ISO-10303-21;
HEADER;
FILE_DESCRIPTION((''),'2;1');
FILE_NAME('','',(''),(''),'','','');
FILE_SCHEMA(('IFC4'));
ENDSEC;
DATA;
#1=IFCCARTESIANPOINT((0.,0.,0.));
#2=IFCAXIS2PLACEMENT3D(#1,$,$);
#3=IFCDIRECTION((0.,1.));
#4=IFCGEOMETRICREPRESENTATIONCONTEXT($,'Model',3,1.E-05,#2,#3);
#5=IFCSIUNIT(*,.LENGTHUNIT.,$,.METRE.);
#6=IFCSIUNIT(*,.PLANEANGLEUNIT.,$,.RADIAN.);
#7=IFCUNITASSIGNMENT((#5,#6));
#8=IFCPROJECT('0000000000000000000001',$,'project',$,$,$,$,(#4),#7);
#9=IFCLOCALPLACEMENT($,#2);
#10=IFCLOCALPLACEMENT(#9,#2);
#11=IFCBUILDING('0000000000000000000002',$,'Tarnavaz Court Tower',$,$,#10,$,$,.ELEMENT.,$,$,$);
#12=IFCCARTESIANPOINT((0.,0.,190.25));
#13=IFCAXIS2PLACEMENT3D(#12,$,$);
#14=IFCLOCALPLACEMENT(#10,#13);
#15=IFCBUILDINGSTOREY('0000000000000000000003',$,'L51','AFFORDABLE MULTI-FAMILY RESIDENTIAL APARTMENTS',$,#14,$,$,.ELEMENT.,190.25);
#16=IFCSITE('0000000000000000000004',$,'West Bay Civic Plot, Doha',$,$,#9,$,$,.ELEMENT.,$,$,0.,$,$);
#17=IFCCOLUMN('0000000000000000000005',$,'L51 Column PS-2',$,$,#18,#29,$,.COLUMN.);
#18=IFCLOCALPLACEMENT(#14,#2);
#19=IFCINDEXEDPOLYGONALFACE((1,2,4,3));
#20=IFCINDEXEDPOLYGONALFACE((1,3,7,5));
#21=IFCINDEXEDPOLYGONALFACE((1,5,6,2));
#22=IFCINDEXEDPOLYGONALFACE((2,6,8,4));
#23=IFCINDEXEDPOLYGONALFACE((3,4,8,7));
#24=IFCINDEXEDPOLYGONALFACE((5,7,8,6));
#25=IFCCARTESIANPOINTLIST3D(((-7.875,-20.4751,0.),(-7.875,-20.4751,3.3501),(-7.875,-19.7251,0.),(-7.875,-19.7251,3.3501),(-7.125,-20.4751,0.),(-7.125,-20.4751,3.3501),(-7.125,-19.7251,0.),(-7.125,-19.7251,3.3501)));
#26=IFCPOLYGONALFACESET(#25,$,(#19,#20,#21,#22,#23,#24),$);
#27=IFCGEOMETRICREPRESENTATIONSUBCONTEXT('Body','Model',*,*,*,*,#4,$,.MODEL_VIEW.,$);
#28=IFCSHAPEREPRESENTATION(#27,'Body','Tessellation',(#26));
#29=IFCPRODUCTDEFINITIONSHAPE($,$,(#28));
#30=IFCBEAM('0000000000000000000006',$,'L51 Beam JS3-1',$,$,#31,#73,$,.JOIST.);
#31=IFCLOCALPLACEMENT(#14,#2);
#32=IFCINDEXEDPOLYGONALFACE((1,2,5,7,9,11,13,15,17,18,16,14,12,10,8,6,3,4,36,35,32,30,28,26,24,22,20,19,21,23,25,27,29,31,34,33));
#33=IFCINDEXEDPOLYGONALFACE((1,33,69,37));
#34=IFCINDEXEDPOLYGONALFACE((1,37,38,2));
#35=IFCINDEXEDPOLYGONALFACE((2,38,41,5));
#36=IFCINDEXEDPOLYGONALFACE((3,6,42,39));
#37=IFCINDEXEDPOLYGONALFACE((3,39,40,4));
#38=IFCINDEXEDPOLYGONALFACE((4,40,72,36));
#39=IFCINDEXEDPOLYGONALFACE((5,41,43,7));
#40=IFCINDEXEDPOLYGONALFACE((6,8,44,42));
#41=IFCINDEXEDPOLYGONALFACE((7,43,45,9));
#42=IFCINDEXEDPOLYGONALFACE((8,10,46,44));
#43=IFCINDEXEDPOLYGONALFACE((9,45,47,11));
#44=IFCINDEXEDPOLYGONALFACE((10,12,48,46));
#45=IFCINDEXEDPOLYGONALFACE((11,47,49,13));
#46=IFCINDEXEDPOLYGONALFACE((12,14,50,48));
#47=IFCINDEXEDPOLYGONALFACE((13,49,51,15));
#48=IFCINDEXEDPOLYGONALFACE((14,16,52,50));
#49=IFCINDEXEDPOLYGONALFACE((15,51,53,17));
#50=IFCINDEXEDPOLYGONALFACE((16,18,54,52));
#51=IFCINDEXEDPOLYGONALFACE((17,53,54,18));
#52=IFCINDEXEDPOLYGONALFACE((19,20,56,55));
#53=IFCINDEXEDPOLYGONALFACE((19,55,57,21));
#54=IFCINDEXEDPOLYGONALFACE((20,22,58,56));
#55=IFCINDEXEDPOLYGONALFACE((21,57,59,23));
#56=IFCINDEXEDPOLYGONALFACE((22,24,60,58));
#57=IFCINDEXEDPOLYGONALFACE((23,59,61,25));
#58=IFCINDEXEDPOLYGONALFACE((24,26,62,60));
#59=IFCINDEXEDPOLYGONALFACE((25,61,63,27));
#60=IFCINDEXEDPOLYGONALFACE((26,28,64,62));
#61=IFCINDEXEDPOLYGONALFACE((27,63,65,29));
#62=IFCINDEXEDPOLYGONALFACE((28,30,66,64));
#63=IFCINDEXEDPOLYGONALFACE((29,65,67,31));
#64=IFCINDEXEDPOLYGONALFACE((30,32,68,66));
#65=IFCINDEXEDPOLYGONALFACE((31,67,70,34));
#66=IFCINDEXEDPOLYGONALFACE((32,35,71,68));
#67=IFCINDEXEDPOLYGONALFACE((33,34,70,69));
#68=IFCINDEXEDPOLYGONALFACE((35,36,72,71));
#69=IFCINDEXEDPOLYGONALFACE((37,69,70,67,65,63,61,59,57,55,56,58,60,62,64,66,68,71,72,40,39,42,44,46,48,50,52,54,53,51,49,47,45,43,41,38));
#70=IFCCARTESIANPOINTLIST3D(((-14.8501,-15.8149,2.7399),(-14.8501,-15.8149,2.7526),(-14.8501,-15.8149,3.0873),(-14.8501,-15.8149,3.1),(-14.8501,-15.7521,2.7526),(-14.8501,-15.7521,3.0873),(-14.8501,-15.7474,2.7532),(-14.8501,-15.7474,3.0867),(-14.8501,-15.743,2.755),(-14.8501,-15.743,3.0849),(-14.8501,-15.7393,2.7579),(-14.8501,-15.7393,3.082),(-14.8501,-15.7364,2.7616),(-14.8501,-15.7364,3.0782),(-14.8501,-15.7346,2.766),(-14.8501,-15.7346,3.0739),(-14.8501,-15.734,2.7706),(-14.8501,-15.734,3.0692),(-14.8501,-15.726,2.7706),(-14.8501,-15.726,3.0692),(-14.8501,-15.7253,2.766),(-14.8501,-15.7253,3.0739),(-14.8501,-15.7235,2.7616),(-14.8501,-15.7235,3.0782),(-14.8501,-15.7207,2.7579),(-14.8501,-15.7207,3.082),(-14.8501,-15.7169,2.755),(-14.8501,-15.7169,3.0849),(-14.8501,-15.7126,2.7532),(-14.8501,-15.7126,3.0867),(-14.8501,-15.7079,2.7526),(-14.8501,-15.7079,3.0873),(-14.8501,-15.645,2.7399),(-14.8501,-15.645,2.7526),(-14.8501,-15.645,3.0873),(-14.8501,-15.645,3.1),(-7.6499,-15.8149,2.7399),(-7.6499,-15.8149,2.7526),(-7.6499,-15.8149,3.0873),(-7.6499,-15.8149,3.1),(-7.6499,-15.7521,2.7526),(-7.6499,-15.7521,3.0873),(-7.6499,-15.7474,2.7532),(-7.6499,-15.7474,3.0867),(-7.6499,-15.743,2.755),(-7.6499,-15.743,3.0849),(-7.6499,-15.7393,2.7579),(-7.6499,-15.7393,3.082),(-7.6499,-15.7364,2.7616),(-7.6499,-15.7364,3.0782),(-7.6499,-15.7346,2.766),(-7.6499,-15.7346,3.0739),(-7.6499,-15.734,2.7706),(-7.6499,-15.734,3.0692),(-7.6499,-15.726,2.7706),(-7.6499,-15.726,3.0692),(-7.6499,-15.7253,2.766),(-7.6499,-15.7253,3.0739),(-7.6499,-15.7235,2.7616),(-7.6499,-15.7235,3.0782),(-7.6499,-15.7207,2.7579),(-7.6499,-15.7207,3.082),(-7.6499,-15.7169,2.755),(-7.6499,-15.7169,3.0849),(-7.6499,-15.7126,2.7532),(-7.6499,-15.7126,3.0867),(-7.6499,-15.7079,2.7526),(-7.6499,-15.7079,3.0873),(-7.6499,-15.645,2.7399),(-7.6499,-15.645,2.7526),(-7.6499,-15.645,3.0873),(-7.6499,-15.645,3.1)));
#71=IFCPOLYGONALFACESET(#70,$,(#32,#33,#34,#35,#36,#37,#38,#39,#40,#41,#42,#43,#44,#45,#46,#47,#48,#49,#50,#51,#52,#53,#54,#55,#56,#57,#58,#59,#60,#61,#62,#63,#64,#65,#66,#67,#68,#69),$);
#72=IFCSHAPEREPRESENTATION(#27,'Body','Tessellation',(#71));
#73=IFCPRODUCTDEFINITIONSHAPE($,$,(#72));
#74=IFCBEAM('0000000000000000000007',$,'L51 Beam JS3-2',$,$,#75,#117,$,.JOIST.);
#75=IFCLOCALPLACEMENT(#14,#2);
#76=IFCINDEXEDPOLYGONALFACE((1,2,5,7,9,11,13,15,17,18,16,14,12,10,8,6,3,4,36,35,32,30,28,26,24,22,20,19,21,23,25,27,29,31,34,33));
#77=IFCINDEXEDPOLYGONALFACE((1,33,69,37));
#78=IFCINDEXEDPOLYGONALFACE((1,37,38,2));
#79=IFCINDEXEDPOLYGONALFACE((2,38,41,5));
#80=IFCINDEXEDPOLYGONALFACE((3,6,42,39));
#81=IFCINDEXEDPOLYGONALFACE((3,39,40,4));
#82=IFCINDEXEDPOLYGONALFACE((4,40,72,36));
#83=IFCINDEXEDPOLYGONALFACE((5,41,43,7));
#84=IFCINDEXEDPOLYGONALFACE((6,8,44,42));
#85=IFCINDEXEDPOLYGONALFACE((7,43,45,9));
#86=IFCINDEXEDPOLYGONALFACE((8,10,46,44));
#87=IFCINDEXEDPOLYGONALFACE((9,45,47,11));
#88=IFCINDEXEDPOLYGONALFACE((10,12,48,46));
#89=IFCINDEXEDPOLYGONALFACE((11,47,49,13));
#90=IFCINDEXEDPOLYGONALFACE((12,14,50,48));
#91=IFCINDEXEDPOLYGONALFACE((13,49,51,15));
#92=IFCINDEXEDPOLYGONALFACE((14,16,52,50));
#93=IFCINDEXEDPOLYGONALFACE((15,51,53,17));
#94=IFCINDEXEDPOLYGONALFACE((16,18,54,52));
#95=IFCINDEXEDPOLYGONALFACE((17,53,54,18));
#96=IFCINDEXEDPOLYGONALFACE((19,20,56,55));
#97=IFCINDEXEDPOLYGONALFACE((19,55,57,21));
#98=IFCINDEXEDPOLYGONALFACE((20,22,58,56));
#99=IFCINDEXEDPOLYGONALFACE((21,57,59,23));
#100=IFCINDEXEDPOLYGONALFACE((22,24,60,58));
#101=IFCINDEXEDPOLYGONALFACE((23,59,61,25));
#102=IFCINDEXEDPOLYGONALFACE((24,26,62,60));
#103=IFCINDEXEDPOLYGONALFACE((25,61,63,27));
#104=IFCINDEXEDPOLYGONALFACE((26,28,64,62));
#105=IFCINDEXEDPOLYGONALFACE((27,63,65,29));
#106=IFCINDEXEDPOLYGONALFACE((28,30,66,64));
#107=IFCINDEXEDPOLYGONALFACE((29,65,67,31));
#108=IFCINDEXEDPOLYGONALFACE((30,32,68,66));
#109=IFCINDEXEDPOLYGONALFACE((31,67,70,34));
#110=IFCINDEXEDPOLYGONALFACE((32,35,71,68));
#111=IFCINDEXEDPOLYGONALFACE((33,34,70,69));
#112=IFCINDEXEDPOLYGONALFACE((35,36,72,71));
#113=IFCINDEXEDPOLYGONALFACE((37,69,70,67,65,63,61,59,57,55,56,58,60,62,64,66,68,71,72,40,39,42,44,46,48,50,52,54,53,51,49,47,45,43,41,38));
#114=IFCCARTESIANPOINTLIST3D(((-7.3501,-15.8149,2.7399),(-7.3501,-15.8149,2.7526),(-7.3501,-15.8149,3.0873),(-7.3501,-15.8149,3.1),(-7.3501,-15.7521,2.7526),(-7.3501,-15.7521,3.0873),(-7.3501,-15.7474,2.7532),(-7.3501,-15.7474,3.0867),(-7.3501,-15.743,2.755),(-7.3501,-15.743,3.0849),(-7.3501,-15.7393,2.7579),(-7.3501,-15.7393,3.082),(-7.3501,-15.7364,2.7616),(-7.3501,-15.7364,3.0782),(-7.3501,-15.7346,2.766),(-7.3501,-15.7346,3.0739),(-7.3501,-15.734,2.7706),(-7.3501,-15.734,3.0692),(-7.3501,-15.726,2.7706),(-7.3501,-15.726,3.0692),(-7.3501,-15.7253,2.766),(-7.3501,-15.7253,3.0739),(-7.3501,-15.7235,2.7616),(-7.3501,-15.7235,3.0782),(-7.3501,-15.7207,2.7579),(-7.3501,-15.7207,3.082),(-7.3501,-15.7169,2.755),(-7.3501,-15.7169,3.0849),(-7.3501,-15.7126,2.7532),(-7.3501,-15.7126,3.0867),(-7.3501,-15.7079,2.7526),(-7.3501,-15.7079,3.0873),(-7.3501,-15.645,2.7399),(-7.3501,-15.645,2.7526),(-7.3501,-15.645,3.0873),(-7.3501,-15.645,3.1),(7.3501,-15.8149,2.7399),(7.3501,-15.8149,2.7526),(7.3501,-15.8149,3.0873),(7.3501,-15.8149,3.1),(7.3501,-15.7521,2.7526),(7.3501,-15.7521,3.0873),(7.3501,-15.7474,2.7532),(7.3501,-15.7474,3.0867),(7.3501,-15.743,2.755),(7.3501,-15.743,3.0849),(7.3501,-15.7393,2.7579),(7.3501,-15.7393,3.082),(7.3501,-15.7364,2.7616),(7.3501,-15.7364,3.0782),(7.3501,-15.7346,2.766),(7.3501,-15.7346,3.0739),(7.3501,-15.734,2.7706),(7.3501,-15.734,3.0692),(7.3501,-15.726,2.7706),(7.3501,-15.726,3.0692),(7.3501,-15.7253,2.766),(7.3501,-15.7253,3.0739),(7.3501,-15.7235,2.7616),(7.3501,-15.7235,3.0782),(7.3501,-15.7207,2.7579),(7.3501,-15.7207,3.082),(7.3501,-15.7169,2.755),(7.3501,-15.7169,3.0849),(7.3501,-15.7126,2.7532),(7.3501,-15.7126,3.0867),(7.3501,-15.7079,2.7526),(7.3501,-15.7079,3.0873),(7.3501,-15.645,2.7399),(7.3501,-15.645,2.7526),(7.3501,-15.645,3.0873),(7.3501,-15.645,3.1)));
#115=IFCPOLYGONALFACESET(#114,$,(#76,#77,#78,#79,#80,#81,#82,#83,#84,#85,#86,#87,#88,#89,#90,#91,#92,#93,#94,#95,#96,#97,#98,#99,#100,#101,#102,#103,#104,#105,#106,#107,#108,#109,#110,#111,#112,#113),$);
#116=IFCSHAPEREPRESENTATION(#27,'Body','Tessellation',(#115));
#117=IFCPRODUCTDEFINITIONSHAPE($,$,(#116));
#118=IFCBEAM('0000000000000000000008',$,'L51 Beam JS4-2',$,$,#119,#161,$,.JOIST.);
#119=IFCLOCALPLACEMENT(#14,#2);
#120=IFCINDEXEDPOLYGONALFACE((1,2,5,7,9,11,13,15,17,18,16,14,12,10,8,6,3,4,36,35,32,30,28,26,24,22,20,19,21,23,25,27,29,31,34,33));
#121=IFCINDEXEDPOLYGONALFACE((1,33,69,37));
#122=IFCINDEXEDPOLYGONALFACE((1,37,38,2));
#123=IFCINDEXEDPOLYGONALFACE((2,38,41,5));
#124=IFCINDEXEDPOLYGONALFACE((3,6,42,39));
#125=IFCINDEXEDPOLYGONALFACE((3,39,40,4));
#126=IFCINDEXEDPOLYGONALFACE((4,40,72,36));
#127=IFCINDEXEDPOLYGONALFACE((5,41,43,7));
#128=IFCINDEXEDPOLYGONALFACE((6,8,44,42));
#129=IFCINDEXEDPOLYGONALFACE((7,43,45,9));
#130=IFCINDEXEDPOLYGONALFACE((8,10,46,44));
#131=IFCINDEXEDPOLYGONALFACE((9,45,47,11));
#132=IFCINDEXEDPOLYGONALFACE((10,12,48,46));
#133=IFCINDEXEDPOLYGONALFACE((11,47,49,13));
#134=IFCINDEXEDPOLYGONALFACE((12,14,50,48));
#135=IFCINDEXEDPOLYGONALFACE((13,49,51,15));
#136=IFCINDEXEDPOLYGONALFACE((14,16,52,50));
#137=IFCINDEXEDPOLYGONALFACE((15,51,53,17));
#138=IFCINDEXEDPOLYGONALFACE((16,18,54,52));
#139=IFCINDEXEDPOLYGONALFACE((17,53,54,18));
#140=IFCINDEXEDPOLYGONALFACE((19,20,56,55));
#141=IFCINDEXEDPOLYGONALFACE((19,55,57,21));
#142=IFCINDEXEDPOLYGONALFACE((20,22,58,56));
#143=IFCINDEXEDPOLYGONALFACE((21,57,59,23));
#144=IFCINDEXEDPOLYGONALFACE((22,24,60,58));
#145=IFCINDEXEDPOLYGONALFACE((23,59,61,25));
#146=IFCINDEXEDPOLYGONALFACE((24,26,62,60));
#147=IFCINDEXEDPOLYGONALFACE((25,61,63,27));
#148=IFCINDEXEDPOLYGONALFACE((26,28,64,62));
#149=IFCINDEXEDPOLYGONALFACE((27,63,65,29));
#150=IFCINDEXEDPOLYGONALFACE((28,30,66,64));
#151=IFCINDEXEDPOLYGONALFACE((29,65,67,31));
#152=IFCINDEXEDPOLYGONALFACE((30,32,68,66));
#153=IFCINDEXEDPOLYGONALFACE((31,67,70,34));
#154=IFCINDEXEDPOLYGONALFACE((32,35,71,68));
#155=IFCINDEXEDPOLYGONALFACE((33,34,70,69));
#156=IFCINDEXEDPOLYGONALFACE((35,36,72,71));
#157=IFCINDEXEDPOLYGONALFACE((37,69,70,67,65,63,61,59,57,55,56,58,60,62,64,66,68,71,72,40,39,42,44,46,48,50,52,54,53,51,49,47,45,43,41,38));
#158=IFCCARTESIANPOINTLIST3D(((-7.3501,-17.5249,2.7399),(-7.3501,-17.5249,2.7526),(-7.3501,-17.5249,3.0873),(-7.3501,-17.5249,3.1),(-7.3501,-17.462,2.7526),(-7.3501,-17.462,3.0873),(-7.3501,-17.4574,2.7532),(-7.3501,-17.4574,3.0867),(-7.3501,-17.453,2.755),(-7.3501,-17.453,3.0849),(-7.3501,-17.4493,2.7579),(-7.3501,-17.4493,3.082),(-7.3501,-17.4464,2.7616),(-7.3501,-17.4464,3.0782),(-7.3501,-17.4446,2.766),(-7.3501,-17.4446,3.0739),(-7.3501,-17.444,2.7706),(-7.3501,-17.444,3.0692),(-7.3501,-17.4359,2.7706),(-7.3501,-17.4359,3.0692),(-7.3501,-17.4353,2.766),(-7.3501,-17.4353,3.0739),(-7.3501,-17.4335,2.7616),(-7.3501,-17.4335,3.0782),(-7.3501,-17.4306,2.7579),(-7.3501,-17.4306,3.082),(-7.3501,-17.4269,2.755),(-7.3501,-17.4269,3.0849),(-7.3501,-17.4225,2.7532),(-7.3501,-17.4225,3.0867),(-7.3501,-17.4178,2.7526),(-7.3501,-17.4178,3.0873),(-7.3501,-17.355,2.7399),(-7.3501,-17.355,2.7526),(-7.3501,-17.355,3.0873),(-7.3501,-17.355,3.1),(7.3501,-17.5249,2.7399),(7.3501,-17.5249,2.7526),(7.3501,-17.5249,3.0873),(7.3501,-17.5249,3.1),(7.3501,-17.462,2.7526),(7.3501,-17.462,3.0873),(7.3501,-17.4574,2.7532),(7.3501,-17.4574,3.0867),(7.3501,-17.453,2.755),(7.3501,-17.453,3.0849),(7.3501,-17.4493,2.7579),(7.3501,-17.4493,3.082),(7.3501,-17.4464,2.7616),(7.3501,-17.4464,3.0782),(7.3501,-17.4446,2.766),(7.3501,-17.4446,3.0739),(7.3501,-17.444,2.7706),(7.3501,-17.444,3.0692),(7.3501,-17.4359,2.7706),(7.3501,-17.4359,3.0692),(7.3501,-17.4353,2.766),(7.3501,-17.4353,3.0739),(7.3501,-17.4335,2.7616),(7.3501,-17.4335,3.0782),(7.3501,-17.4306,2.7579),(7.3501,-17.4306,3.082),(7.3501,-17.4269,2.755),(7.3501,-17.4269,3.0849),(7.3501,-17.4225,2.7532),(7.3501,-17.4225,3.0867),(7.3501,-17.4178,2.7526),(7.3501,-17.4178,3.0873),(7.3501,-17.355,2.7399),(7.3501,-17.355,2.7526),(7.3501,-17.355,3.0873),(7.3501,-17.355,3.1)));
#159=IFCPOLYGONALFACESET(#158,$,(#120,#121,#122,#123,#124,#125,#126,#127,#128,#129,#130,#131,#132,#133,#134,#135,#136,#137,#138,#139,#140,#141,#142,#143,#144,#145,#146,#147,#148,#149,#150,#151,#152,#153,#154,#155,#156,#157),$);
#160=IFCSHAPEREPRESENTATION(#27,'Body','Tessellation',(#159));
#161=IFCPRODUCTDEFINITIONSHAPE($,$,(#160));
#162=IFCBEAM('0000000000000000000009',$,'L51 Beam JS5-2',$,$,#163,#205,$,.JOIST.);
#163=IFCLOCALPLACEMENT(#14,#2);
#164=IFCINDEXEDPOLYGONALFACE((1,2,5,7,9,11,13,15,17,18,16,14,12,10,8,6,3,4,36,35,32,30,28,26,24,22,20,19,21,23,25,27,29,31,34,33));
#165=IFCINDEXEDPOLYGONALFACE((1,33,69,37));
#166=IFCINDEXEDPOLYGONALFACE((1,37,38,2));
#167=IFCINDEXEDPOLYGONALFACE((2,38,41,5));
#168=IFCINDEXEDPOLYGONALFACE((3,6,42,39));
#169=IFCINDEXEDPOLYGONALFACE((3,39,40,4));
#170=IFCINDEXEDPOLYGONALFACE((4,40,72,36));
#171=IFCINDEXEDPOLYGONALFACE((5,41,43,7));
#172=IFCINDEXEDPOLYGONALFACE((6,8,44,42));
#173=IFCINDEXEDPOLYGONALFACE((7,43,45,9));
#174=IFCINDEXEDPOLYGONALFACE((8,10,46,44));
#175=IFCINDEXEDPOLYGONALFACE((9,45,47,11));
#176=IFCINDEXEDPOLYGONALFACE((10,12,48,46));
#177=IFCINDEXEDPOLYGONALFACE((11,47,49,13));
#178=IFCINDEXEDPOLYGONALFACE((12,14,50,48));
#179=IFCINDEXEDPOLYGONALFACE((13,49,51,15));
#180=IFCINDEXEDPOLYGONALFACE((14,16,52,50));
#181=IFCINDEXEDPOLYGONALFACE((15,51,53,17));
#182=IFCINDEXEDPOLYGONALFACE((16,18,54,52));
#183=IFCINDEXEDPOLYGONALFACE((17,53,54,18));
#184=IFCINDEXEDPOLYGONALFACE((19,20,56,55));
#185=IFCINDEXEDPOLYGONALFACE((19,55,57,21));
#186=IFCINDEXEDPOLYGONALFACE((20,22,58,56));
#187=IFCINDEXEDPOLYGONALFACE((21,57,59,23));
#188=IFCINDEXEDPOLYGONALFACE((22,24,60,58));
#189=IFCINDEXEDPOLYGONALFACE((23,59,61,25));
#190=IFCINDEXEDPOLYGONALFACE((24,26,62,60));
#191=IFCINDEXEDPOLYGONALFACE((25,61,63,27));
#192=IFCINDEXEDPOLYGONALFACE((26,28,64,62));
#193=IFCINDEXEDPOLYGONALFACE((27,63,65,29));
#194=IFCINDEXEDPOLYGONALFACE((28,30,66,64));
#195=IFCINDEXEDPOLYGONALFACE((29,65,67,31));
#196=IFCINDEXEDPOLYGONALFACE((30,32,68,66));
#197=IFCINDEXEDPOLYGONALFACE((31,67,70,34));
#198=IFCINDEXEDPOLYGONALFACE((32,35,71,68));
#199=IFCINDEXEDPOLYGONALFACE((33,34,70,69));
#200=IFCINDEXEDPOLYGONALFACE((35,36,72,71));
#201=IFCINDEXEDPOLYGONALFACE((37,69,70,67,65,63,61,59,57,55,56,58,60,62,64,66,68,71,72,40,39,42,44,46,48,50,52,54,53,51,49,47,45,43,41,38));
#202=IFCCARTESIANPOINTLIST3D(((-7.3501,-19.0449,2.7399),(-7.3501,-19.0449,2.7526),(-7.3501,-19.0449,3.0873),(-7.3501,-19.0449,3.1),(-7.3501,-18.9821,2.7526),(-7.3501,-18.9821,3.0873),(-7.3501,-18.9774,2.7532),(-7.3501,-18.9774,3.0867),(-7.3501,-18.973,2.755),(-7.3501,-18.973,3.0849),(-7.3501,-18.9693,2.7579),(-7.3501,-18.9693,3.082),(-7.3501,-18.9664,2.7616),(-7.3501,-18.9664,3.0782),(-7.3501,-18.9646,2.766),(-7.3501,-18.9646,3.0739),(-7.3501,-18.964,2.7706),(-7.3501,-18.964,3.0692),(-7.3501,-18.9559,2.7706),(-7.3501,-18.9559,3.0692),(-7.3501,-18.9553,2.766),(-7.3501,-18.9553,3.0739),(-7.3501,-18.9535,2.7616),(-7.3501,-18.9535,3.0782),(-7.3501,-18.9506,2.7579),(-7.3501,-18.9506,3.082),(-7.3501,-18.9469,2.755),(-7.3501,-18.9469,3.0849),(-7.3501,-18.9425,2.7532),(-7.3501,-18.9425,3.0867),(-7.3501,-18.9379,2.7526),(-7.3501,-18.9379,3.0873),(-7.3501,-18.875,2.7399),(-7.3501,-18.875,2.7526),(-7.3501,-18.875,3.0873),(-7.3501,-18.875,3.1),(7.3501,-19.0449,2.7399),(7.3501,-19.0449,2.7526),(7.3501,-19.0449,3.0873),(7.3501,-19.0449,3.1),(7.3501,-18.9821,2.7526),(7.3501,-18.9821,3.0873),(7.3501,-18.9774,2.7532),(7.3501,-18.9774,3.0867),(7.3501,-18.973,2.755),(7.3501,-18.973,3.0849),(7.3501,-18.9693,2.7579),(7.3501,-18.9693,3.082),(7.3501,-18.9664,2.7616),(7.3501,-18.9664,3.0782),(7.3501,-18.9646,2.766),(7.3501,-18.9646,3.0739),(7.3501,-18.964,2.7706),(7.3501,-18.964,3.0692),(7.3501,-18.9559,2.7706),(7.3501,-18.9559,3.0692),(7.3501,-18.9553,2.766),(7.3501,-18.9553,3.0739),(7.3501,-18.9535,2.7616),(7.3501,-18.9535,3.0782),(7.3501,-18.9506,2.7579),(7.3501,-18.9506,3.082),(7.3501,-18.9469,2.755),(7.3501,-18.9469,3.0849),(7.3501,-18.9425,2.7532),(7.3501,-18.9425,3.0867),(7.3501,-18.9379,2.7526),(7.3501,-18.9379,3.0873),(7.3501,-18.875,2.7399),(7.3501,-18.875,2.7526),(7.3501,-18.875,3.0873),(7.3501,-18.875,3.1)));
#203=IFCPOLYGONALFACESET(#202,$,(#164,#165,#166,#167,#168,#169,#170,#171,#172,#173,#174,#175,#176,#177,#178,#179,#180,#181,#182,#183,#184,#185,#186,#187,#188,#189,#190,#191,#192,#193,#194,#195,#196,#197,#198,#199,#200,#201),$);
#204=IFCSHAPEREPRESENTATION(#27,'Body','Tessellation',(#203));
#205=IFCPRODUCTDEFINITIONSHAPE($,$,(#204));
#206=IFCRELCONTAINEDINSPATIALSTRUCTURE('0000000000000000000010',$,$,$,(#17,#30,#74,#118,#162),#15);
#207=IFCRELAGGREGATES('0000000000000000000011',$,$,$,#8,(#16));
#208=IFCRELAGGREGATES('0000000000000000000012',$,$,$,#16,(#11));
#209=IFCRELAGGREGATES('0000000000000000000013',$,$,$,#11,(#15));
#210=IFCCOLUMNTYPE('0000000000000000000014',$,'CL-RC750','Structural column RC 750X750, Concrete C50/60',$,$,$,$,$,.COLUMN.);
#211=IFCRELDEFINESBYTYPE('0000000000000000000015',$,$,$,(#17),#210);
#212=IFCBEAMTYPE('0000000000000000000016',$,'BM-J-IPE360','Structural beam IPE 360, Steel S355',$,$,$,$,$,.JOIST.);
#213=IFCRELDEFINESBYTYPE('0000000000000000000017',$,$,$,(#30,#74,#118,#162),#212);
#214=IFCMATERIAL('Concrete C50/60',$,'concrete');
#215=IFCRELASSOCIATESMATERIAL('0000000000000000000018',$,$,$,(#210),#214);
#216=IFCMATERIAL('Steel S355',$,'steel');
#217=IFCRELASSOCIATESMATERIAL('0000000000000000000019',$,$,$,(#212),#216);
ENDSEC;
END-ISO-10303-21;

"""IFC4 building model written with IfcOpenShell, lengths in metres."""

from ifc_helpers import new_model, si_unit, direction, frame, origin, origin_2d, place, context, subcontext, project, spatial, rectangle, i_section, extrude, material, material_profile, profile_set, type_object, element, save


model = new_model("IFC4")

# Units and contexts
model_context = context("Model", 3, precision=1e-05, world=origin(), true_north=direction((0.0, 1.0)))
body_context = subcontext(model_context, "Body", "Model", "MODEL_VIEW")
ifc_project = project(units=[si_unit("LENGTHUNIT", "METRE"), si_unit("PLANEANGLEUNIT", "RADIAN")], contexts=[model_context])

# Site, building, storey
site_placement = place(None, origin())
site = spatial("IfcSite", under=ifc_project, at=site_placement, Name="West Bay Civic Plot, Doha", CompositionType="ELEMENT", RefElevation=0.0)
building_placement = place(site_placement, origin())
building = spatial("IfcBuilding", under=site, at=building_placement, Name="Tarnavaz Court Tower", CompositionType="ELEMENT")
storey_placement = place(building_placement, frame((0.0, 0.0, 190.25)))
storey = spatial("IfcBuildingStorey", under=building, at=storey_placement, Name="L51", Description="AFFORDABLE MULTI-FAMILY RESIDENTIAL APARTMENTS", CompositionType="ELEMENT", Elevation=190.25)

# Column
ifc_material_1 = material(Name="Concrete C50/60", Category="concrete")
ifc_material_profile_1 = material_profile(ifc_material_1, rectangle(XDim=0.75, YDim=0.75, at=origin_2d()), Name="RC 750X750")
ifc_profile_set_1 = profile_set([ifc_material_profile_1], Name="Concrete C50/60")
column_type = type_object("IfcColumnType", Name="CL-RC750", Description="Structural column RC 750X750, Concrete C50/60", PredefinedType="COLUMN", material=ifc_profile_set_1)
column_placement = place(storey_placement, frame((-7.5, -20.1001, 0.0), z_axis=(0.0, 0.0, 1.0), x_axis=(1.0, 0.0, 0.0)))
element("IfcColumn", 1, at=column_placement, inside=storey, type_object=column_type, Name="L51 Column PS-2", PredefinedType="COLUMN", context=body_context, shape_type="SweptSolid", body=[
    extrude(rectangle(XDim=0.75, YDim=0.75, at=origin_2d()), origin(), (0.0, 0.0, 1.0), 3.3501),
])

# Beams
ifc_material_2 = material(Name="Steel S355", Category="steel")
ifc_material_profile_2 = material_profile(ifc_material_2, i_section(OverallWidth=0.1699, OverallDepth=0.3601, WebThickness=0.0081, FlangeThickness=0.0127, FilletRadius=0.0181, at=origin_2d()), Name="IPE 360")
ifc_profile_set_2 = profile_set([ifc_material_profile_2], Name="Steel S355")
beam_type_1 = type_object("IfcBeamType", Name="BM-J-IPE360", Description="Structural beam IPE 360, Steel S355", PredefinedType="JOIST", material=ifc_profile_set_2)
beam_1_placement = place(storey_placement, frame((-14.8501, -15.73, 2.9199), z_axis=(1.0, 0.0, 0.0), x_axis=(0.0, 1.0, 0.0)))
element("IfcBeam", 2, at=beam_1_placement, inside=storey, type_object=beam_type_1, Name="L51 Beam JS3-1", PredefinedType="JOIST", context=body_context, shape_type="SweptSolid", body=[
    extrude(i_section(OverallWidth=0.1699, OverallDepth=0.3601, WebThickness=0.0081, FlangeThickness=0.0127, FilletRadius=0.0181, at=origin_2d()), origin(), (0.0, 0.0, 1.0), 7.2002),
])
for number, where, z_axis, x_axis, name in (
    (3, (-7.3501, -15.73, 2.9199), (1.0, 0.0, 0.0), (0.0, 1.0, 0.0), "L51 Beam JS3-2"),
    (4, (-7.3501, -17.4399, 2.9199), (1.0, 0.0, 0.0), (0.0, 1.0, 0.0), "L51 Beam JS4-2"),
    (5, (-7.3501, -18.96, 2.9199), (1.0, 0.0, 0.0), (0.0, 1.0, 0.0), "L51 Beam JS5-2"),
):
    element("IfcBeam", number, at=place(storey_placement, frame(where, z_axis=z_axis, x_axis=x_axis)), inside=storey, type_object=beam_type_1, Name=name, PredefinedType="JOIST", context=body_context, shape_type="SweptSolid", body=[
        extrude(i_section(OverallWidth=0.1699, OverallDepth=0.3601, WebThickness=0.0081, FlangeThickness=0.0127, FilletRadius=0.0181, at=origin_2d()), origin(), (0.0, 0.0, 1.0), 14.7002),
    ])

save(model, "model.ifc")
